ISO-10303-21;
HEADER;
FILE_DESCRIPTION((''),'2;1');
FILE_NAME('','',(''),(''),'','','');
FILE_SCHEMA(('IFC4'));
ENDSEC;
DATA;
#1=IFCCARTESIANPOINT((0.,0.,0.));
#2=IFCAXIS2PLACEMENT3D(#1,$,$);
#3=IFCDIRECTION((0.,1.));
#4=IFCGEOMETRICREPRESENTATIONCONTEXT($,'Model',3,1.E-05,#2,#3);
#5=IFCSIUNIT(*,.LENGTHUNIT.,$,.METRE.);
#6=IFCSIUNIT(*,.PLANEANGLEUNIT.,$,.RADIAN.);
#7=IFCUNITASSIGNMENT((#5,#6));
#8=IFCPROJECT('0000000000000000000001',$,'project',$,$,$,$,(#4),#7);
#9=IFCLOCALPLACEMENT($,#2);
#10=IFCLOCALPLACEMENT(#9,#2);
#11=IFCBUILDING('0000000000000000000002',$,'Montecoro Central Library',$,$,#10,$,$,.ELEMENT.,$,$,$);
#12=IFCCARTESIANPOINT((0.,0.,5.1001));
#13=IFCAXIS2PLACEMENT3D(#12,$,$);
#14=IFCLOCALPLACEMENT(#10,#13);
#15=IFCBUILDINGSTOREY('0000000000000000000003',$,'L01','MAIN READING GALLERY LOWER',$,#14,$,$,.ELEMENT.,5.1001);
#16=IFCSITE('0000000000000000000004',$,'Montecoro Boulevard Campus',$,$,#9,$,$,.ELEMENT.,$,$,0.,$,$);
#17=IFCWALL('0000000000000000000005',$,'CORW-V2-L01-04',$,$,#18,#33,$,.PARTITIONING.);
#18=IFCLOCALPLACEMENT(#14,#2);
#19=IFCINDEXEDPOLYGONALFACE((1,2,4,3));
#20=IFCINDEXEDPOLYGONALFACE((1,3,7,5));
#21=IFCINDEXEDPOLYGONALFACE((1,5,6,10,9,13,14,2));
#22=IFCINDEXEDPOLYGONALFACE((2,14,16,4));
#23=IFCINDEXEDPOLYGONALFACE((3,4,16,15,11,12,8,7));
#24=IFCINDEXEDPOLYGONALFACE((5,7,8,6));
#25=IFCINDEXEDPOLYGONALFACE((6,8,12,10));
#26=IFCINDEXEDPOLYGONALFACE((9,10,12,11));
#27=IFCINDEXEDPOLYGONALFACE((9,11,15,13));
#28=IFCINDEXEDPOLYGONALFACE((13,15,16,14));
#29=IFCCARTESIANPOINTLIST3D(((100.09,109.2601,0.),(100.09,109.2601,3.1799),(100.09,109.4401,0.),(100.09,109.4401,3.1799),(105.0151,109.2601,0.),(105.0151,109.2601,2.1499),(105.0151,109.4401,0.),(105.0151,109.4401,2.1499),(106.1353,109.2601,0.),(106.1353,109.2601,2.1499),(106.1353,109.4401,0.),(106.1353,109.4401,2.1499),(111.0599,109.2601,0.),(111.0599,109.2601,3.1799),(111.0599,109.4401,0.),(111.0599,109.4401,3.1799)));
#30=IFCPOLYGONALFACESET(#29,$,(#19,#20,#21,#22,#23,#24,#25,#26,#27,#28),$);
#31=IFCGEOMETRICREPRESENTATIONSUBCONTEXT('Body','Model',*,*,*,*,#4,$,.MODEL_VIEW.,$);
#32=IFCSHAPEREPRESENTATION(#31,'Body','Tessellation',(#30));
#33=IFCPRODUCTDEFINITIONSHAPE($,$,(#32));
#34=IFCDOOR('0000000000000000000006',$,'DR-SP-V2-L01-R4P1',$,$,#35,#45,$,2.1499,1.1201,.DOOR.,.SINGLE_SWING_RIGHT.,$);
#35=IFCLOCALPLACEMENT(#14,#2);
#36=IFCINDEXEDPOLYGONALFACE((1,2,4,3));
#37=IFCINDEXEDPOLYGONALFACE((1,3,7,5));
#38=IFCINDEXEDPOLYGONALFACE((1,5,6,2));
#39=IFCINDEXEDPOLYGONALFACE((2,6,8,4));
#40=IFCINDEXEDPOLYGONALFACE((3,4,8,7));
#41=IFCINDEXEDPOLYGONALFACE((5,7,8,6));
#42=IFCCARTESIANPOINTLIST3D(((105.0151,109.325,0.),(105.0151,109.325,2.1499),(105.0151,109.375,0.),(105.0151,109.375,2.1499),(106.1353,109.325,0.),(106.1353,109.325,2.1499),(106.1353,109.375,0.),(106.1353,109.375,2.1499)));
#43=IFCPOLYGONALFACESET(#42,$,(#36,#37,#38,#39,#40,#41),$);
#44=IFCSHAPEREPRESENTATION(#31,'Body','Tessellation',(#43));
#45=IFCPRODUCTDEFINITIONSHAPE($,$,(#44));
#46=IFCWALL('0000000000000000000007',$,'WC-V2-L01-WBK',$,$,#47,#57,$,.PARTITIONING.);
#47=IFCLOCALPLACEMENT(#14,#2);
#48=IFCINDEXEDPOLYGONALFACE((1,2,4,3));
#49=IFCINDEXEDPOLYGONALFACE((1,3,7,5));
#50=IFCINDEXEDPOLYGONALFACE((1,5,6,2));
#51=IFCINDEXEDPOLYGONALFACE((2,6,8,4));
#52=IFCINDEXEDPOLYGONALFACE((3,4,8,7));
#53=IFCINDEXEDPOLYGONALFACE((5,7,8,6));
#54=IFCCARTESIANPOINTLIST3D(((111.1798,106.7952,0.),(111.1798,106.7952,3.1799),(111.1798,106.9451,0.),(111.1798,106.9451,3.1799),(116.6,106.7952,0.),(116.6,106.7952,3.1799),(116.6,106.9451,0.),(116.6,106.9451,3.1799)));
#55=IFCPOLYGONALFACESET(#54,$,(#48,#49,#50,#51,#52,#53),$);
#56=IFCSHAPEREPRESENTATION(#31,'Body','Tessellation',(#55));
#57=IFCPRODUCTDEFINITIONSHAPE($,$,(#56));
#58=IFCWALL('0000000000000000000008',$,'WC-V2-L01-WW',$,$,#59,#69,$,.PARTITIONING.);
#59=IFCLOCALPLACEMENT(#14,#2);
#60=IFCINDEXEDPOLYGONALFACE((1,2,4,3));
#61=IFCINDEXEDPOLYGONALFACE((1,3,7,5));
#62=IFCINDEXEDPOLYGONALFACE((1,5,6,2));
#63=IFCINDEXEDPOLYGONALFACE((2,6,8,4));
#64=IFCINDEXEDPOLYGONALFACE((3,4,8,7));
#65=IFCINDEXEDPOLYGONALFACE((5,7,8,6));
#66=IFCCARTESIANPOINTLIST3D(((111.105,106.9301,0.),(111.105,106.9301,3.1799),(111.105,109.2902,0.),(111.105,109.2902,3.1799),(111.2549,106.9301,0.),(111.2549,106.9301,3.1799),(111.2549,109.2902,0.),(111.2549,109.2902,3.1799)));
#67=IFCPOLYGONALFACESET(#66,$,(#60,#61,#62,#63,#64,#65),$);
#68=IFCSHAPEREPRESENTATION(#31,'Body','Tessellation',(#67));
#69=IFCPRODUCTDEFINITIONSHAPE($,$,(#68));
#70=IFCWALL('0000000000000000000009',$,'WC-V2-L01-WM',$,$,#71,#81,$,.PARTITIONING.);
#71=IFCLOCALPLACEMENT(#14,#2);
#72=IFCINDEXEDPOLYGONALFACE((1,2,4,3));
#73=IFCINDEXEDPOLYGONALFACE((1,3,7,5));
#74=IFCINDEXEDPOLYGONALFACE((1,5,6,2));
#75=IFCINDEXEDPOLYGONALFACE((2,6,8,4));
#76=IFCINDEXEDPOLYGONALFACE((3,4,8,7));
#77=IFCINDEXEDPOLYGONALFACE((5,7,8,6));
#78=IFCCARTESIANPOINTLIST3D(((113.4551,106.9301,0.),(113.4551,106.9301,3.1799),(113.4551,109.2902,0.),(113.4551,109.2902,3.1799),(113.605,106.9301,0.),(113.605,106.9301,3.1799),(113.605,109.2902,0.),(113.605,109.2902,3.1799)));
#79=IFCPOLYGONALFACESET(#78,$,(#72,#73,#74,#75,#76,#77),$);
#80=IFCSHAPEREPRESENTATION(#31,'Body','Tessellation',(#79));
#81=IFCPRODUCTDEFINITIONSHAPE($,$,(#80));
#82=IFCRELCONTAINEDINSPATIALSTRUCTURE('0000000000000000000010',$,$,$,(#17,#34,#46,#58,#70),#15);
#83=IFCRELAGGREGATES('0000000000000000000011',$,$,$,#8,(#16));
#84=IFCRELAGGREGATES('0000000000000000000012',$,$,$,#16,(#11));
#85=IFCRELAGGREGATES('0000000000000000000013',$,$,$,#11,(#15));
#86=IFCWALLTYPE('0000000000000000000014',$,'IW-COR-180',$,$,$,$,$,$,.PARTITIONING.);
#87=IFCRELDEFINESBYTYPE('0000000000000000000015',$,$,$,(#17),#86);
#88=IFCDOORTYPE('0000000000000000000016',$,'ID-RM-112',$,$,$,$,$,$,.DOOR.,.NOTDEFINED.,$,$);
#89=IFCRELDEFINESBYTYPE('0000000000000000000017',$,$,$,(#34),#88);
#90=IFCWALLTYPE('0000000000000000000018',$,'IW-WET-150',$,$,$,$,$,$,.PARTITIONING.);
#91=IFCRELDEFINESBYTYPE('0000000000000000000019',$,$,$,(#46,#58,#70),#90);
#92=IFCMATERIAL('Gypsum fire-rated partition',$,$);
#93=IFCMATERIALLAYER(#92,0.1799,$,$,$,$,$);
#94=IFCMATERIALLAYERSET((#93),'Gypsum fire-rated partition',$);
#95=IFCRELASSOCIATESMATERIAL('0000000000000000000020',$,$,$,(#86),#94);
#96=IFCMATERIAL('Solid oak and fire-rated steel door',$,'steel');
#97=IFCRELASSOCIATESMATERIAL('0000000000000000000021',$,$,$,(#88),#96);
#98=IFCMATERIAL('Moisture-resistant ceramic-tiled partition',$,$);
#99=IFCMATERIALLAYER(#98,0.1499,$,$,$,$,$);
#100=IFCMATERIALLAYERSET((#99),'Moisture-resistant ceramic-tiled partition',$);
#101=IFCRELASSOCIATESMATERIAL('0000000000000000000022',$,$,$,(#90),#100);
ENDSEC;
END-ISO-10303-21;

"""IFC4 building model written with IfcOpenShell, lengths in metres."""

from ifc_helpers import new_model, si_unit, direction, frame, frame_2d, origin, place, context, subcontext, project, spatial, rectangle, extrude, material, layer, layer_set, type_object, element, fill, save


model = new_model("IFC4")

# Units and contexts
model_context = context("Model", 3, precision=1e-05, world=origin(), true_north=direction((0.0, 1.0)))
body_context = subcontext(model_context, "Body", "Model", "MODEL_VIEW")
ifc_project = project(units=[si_unit("LENGTHUNIT", "METRE"), si_unit("PLANEANGLEUNIT", "RADIAN")], contexts=[model_context])

# Site, building, storey
site_placement = place(None, origin())
site = spatial("IfcSite", under=ifc_project, at=site_placement, Name="Montecoro Boulevard Campus", CompositionType="ELEMENT", RefElevation=0.0)
building_placement = place(site_placement, origin())
building = spatial("IfcBuilding", under=site, at=building_placement, Name="Montecoro Central Library", CompositionType="ELEMENT")
storey_placement = place(building_placement, frame((0.0, 0.0, 5.1001)))
storey = spatial("IfcBuildingStorey", under=building, at=storey_placement, Name="L01", Description="MAIN READING GALLERY LOWER", CompositionType="ELEMENT", Elevation=5.1001)

# Wall, opening, door
ifc_material_1 = material(Name="Gypsum fire-rated partition")
ifc_layer_1 = layer(ifc_material_1, 0.1799)
ifc_layer_set_1 = layer_set([ifc_layer_1], Name="Gypsum fire-rated partition")
wall_type_1 = type_object("IfcWallType", Name="IW-COR-180", PredefinedType="PARTITIONING", material=ifc_layer_set_1)
wall_1_placement = place(storey_placement, frame((100.0901, 109.3501, 0.0), z_axis=(0.0, 0.0, 1.0), x_axis=(1.0, 0.0, 0.0)))
wall_1 = element("IfcWall", 1, at=wall_1_placement, inside=storey, type_object=wall_type_1, Name="CORW-V2-L01-04", PredefinedType="PARTITIONING", context=body_context, shape_type="SweptSolid", body=[
    extrude(rectangle(XDim=10.97, YDim=0.1799, at=frame_2d((5.4849, 0.0))), origin(), (0.0, 0.0, 1.0), 3.1799),
])
opening_1_placement = place(wall_1_placement, frame((4.925, 0.0, 0.0)))
opening_1 = element("IfcOpeningElement", 2, at=opening_1_placement, cuts=wall_1, PredefinedType="OPENING", context=body_context, shape_type="SweptSolid", body=[
    extrude(rectangle(XDim=1.1201, YDim=2.1499, at=frame_2d((0.5601, 1.075))), frame((0.0, 0.0999, 0.0), z_axis=(0.0, -1.0, 0.0), x_axis=(1.0, 0.0, 0.0)), (0.0, 0.0, 1.0), 0.2),
])
ifc_material_2 = material(Name="Solid oak and fire-rated steel door", Category="steel")
door_type_1 = type_object("IfcDoorType", Name="ID-RM-112", OperationType="NOTDEFINED", PredefinedType="DOOR", material=ifc_material_2)
door_1_placement = place(opening_1_placement, origin())
door_1 = element("IfcDoor", 3, at=door_1_placement, inside=storey, type_object=door_type_1, Name="DR-SP-V2-L01-R4P1", OperationType="SINGLE_SWING_RIGHT", OverallHeight=2.1499, OverallWidth=1.1201, PredefinedType="DOOR", context=body_context, shape_type="SweptSolid", body=[
    extrude(rectangle(XDim=1.1201, YDim=2.1499, at=frame_2d((0.5601, 1.075))), frame((0.0, 0.0249, 0.0), z_axis=(0.0, -1.0, 0.0), x_axis=(1.0, 0.0, 0.0)), (0.0, 0.0, 1.0), 0.05),
])
fill(opening_1, door_1)

# Walls
ifc_material_3 = material(Name="Moisture-resistant ceramic-tiled partition")
ifc_layer_2 = layer(ifc_material_3, 0.1499)
ifc_layer_set_2 = layer_set([ifc_layer_2], Name="Moisture-resistant ceramic-tiled partition")
wall_type_2 = type_object("IfcWallType", Name="IW-WET-150", PredefinedType="PARTITIONING", material=ifc_layer_set_2)
wall_2_placement = place(storey_placement, frame((111.1799, 106.8701, 0.0), z_axis=(0.0, 0.0, 1.0), x_axis=(1.0, 0.0, 0.0)))
element("IfcWall", 4, at=wall_2_placement, inside=storey, type_object=wall_type_2, Name="WC-V2-L01-WBK", PredefinedType="PARTITIONING", context=body_context, shape_type="SweptSolid", body=[
    extrude(rectangle(XDim=5.4202, YDim=0.1499, at=frame_2d((2.71, 0.0))), origin(), (0.0, 0.0, 1.0), 3.1799),
])
for number, where, z_axis, x_axis, name in (
    (5, (111.1799, 106.9299, 0.0), (0.0, 0.0, 1.0), (0.0, 1.0, 0.0), "WC-V2-L01-WW"),
    (6, (113.53, 106.9299, 0.0), (0.0, 0.0, 1.0), (0.0, 1.0, 0.0), "WC-V2-L01-WM"),
):
    element("IfcWall", number, at=place(storey_placement, frame(where, z_axis=z_axis, x_axis=x_axis)), inside=storey, type_object=wall_type_2, Name=name, PredefinedType="PARTITIONING", context=body_context, shape_type="SweptSolid", body=[
        extrude(rectangle(XDim=2.3601, YDim=0.1499, at=frame_2d((1.1802, 0.0))), origin(), (0.0, 0.0, 1.0), 3.1799),
    ])

save(model, "model.ifc")
